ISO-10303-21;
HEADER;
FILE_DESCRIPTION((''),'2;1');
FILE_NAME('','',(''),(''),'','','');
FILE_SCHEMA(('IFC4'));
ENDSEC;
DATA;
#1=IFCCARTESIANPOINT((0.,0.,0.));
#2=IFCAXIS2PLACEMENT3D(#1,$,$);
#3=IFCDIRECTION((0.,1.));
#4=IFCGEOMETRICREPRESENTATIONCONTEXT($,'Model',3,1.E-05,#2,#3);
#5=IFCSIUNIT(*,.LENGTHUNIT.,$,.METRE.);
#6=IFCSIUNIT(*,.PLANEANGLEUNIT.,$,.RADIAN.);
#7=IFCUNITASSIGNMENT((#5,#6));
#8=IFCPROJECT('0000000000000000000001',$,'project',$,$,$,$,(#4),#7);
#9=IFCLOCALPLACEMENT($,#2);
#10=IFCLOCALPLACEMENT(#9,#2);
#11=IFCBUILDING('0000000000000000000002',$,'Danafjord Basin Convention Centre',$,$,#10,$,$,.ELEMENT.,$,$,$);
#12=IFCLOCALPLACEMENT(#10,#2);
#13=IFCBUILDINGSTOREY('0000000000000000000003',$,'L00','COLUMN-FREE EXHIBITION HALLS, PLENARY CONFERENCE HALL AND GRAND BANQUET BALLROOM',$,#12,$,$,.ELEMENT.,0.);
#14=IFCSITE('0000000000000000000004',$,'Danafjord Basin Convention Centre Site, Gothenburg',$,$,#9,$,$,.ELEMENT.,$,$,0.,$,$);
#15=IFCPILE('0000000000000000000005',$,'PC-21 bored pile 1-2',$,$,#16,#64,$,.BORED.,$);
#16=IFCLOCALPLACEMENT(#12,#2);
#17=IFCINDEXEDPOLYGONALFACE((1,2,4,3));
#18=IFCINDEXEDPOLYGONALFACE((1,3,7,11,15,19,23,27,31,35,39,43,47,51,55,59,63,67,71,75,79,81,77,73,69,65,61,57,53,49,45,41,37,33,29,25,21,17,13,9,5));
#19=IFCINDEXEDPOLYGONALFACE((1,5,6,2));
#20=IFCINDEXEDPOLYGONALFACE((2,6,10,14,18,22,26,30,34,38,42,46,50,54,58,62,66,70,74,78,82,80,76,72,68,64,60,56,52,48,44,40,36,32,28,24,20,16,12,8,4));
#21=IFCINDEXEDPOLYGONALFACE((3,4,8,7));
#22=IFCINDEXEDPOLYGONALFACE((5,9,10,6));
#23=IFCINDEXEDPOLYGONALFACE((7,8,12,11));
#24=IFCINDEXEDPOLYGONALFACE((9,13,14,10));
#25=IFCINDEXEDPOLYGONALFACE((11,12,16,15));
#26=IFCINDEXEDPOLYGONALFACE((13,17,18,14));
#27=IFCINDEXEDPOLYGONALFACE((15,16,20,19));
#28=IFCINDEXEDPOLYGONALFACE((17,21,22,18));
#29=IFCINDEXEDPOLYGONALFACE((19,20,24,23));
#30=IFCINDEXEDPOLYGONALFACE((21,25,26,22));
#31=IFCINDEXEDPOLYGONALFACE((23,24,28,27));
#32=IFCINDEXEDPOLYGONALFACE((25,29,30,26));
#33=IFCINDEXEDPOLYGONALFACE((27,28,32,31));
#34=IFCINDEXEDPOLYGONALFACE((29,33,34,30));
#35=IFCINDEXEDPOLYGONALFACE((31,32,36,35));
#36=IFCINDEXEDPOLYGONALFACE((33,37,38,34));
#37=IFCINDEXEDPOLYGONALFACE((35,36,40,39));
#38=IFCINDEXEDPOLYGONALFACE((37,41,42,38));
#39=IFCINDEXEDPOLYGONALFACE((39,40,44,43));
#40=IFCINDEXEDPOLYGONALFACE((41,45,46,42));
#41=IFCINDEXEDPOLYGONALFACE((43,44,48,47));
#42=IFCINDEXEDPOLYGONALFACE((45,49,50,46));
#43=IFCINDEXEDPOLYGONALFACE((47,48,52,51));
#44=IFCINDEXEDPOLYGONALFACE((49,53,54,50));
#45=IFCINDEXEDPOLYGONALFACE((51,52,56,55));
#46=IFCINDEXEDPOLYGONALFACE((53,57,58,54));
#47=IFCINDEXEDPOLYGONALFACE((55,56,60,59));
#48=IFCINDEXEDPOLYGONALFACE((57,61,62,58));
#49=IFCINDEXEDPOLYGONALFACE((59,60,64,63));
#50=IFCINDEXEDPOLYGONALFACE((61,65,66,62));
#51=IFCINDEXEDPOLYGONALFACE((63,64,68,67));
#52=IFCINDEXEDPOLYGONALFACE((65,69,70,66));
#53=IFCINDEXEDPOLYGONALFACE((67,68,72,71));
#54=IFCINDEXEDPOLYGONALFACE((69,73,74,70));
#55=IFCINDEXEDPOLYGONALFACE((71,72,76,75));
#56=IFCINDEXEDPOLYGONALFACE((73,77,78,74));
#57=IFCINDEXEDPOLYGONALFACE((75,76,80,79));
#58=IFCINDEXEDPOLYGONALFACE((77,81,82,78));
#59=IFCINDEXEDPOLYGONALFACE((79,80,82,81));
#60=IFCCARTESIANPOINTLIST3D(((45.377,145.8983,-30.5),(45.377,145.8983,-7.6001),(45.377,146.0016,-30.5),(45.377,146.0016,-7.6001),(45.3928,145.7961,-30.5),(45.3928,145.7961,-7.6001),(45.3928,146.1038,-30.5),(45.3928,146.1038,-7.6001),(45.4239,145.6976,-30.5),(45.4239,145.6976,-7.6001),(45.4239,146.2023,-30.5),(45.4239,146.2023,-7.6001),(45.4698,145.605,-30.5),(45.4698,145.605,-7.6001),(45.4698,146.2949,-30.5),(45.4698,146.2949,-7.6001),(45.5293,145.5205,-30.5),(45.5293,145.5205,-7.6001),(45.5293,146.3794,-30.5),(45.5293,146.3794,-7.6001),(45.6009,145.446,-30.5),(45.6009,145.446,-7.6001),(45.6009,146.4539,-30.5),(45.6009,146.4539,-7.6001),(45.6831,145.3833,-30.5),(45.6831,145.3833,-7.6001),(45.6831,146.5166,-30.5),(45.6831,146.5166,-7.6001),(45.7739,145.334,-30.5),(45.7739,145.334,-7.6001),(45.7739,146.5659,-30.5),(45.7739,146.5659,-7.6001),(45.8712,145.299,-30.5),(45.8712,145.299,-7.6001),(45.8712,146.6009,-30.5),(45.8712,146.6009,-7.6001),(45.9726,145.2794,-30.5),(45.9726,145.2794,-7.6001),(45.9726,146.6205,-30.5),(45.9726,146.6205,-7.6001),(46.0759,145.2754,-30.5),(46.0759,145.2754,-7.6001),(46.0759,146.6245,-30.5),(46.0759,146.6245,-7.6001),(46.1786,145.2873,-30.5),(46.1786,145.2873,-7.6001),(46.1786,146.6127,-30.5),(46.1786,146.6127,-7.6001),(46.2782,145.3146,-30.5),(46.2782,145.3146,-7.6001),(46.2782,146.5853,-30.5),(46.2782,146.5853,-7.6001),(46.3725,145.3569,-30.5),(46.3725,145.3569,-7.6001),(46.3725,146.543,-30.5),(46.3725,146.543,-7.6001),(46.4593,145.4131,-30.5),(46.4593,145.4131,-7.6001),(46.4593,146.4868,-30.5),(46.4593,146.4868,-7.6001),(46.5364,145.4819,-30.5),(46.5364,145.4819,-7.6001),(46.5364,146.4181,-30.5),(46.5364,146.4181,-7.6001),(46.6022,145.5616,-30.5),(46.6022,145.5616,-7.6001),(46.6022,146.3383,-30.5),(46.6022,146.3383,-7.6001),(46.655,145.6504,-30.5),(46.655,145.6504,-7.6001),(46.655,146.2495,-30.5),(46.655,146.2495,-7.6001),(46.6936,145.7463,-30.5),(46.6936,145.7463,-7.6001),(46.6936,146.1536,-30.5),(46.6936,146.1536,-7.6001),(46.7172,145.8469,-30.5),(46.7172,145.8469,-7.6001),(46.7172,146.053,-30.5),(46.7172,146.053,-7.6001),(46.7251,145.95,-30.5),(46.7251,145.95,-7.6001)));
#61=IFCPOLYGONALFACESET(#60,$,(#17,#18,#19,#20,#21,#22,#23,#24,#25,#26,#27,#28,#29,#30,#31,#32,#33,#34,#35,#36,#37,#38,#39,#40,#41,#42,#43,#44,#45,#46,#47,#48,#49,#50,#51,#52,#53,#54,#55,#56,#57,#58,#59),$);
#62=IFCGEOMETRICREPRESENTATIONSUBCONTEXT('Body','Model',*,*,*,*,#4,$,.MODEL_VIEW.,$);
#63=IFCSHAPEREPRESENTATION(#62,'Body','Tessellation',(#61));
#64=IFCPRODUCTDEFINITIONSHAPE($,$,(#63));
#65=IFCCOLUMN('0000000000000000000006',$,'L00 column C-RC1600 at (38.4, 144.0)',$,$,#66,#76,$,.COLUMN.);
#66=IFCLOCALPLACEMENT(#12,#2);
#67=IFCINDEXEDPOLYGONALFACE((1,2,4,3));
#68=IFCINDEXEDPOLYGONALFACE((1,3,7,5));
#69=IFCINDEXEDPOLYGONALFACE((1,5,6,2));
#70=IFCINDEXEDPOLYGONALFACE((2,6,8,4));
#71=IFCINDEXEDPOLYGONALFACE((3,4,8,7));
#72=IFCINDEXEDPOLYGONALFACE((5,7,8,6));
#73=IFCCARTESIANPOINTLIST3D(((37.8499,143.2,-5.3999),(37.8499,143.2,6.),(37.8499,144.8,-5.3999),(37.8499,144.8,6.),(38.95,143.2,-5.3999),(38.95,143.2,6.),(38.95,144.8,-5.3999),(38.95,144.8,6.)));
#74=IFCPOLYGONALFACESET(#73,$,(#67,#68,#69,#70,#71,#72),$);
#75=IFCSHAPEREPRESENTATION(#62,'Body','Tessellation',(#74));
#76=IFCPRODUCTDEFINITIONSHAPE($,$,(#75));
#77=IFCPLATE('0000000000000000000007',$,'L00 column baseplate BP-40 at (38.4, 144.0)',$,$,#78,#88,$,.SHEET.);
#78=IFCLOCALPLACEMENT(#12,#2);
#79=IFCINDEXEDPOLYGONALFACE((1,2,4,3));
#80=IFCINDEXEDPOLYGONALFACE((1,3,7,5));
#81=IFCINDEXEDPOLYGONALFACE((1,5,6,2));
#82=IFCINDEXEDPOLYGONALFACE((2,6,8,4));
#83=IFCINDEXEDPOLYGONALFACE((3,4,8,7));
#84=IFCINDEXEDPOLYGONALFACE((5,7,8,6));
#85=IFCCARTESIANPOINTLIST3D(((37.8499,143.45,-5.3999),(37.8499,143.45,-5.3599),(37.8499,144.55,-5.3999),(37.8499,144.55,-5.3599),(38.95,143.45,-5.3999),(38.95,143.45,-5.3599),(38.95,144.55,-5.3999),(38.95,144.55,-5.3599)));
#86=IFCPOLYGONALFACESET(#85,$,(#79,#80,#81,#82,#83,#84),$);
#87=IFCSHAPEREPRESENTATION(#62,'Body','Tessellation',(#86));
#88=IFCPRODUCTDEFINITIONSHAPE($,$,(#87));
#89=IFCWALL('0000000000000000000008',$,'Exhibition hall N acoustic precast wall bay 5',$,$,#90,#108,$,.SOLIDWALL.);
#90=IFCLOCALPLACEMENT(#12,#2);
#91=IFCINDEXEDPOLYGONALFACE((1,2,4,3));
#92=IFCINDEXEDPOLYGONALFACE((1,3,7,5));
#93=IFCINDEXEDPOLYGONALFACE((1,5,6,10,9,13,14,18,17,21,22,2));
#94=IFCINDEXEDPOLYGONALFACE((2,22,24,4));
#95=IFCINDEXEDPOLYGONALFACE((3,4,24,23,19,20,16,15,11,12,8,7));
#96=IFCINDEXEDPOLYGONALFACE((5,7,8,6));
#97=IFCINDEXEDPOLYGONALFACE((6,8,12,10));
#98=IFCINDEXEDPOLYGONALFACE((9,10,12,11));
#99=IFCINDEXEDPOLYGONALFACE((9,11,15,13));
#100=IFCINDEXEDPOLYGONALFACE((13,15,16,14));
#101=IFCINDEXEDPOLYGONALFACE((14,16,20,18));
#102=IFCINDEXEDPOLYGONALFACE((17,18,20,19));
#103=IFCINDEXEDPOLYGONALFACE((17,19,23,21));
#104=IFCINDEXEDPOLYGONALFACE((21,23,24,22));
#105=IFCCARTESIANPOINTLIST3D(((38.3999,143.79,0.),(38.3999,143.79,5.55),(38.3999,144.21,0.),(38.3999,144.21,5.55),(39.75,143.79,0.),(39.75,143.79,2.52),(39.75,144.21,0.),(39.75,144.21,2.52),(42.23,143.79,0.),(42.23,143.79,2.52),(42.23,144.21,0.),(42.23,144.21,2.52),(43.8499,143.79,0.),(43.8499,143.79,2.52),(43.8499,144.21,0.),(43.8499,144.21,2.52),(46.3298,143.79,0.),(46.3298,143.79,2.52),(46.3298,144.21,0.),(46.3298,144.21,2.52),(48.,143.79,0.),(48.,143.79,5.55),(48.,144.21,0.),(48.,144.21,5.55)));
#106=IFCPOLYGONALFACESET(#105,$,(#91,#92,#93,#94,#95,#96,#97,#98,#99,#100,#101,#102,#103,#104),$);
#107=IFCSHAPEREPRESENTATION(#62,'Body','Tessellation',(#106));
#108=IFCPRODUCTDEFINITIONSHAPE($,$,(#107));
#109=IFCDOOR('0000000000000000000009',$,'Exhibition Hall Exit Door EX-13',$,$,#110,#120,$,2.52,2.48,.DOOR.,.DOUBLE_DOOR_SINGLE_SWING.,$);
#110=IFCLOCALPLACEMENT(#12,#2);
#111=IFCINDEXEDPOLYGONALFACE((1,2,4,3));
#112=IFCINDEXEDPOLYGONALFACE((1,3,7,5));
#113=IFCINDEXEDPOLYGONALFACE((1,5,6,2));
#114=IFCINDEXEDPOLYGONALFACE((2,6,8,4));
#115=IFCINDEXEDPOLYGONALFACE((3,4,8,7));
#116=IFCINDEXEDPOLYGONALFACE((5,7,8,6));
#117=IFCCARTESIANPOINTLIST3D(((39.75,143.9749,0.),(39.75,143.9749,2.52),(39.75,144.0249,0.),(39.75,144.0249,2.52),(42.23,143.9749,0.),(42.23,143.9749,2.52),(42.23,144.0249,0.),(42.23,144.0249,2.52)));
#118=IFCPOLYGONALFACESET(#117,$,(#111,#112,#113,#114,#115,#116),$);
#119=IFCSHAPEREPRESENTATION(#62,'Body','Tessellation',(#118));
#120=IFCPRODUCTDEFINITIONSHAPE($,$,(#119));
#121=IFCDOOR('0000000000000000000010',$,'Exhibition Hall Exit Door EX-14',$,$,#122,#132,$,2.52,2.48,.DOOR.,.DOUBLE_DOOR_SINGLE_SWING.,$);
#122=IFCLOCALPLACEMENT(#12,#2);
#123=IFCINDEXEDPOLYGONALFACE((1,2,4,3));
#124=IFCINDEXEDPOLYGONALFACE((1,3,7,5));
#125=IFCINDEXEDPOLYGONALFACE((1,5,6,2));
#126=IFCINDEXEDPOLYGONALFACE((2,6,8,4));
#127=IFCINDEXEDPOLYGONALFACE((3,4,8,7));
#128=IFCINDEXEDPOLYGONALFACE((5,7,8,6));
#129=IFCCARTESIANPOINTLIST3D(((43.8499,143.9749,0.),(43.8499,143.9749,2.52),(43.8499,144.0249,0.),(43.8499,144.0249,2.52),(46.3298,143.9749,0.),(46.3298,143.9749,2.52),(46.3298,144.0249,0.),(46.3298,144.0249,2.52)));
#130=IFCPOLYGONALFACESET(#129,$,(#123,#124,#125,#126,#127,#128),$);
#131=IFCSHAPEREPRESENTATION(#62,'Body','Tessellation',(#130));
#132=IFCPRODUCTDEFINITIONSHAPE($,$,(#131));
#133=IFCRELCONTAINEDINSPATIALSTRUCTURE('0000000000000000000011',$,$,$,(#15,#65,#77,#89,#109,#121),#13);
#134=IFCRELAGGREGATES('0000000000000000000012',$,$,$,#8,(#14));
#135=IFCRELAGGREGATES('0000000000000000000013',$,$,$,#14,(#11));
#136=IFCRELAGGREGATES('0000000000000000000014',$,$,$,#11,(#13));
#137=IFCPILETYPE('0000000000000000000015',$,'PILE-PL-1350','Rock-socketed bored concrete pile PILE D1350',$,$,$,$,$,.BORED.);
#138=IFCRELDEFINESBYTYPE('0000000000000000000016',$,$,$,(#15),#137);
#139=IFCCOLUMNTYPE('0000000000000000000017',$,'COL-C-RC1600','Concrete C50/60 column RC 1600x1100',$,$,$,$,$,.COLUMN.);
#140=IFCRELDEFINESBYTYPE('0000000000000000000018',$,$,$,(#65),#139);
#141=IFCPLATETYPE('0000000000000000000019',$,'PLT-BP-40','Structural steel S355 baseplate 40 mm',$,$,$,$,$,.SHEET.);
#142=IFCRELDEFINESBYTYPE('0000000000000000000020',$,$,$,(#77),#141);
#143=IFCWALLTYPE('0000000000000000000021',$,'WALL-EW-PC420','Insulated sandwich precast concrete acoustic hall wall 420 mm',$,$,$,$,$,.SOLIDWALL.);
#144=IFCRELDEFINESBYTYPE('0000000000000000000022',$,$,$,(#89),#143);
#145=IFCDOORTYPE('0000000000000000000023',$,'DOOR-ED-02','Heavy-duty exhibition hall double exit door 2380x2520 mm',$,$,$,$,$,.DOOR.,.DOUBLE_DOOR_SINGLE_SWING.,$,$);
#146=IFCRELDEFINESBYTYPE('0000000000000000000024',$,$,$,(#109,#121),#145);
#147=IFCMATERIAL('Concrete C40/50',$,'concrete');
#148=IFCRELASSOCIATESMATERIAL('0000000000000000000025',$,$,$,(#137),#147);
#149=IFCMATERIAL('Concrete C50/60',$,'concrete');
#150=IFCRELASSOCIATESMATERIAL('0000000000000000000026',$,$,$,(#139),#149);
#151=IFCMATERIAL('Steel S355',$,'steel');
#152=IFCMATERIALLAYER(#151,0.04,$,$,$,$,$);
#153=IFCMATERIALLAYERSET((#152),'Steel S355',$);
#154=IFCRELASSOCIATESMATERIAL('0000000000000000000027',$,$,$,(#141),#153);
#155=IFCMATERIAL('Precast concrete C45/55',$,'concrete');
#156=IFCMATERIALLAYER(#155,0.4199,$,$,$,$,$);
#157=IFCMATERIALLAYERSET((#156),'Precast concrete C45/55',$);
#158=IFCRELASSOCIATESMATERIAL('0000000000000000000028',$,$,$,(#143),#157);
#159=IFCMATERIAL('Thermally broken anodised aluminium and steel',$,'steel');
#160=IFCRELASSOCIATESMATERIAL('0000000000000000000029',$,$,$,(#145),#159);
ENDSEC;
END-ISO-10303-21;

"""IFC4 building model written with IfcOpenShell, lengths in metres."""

from ifc_helpers import new_model, si_unit, direction, frame, frame_2d, origin, origin_2d, place, context, subcontext, project, spatial, rectangle, circle, extrude, material, layer, layer_set, material_profile, profile_set, type_object, element, fill, save


model = new_model("IFC4")

# Units and contexts
model_context = context("Model", 3, precision=1e-05, world=origin(), true_north=direction((0.0, 1.0)))
body_context = subcontext(model_context, "Body", "Model", "MODEL_VIEW")
ifc_project = project(units=[si_unit("LENGTHUNIT", "METRE"), si_unit("PLANEANGLEUNIT", "RADIAN")], contexts=[model_context])

# Site, building, storey
site_placement = place(None, origin())
site = spatial("IfcSite", under=ifc_project, at=site_placement, Name="Danafjord Basin Convention Centre Site, Gothenburg", CompositionType="ELEMENT", RefElevation=0.0)
building_placement = place(site_placement, origin())
building = spatial("IfcBuilding", under=site, at=building_placement, Name="Danafjord Basin Convention Centre", CompositionType="ELEMENT")
storey_placement = place(building_placement, origin())
storey = spatial("IfcBuildingStorey", under=building, at=storey_placement, Name="L00", Description="COLUMN-FREE EXHIBITION HALLS, PLENARY CONFERENCE HALL AND GRAND BANQUET BALLROOM", CompositionType="ELEMENT", Elevation=0.0)

# Shared definitions
ifc_material_1 = material(Name="Concrete C40/50", Category="concrete")

# Pile
ifc_material_profile_1 = material_profile(ifc_material_1, circle(Radius=0.675, at=origin_2d()), Name="PILE D1350")
ifc_profile_set_1 = profile_set([ifc_material_profile_1], Name="Concrete C40/50")
pile_type_1 = type_object("IfcPileType", Name="PILE-PL-1350", Description="Rock-socketed bored concrete pile PILE D1350", PredefinedType="BORED", material=ifc_profile_set_1)
for number, where, z_axis, x_axis, name in (
    (1, (46.05, 145.95, -7.6001), (0.0, 0.0, -1.0), (1.0, 0.0, 0.0), "PC-21 bored pile 1-2"),
):
    element("IfcPile", number, at=place(storey_placement, frame(where, z_axis=z_axis, x_axis=x_axis)), inside=storey, type_object=pile_type_1, Name=name, PredefinedType="BORED", context=body_context, shape_type="SweptSolid", body=[
        extrude(circle(Radius=0.675, at=origin_2d()), origin(), (0.0, 0.0, 1.0), 22.8999),
    ])

# Column
ifc_material_2 = material(Name="Concrete C50/60", Category="concrete")
ifc_material_profile_2 = material_profile(ifc_material_2, rectangle(XDim=1.1001, YDim=1.6001, at=origin_2d()), Name="RC 1600x1100")
ifc_profile_set_2 = profile_set([ifc_material_profile_2], Name="Concrete C50/60")
column_type = type_object("IfcColumnType", Name="COL-C-RC1600", Description="Concrete C50/60 column RC 1600x1100", PredefinedType="COLUMN", material=ifc_profile_set_2)
column_placement = place(storey_placement, frame((38.3999, 144.0, -5.3999), z_axis=(0.0, 0.0, 1.0), x_axis=(1.0, 0.0, 0.0)))
element("IfcColumn", 2, at=column_placement, inside=storey, type_object=column_type, Name="L00 column C-RC1600 at (38.4, 144.0)", PredefinedType="COLUMN", context=body_context, shape_type="SweptSolid", body=[
    extrude(rectangle(XDim=1.1001, YDim=1.6001, at=origin_2d()), origin(), (0.0, 0.0, 1.0), 11.3999),
])

# Plate
ifc_material_3 = material(Name="Steel S355", Category="steel")
ifc_layer_1 = layer(ifc_material_3, 0.04)
ifc_layer_set_1 = layer_set([ifc_layer_1], Name="Steel S355")
plate_type = type_object("IfcPlateType", Name="PLT-BP-40", Description="Structural steel S355 baseplate 40 mm", PredefinedType="SHEET", material=ifc_layer_set_1)
plate_placement = place(storey_placement, frame((38.3999, 144.0, -5.3999), z_axis=(0.0, 0.0, 1.0), x_axis=(1.0, 0.0, 0.0)))
element("IfcPlate", 3, at=plate_placement, inside=storey, type_object=plate_type, Name="L00 column baseplate BP-40 at (38.4, 144.0)", PredefinedType="SHEET", context=body_context, shape_type="SweptSolid", body=[
    extrude(rectangle(XDim=1.1001, YDim=1.1001, at=origin_2d()), origin(), (0.0, 0.0, 1.0), 0.04),
])

# Wall, openings, doors
ifc_material_4 = material(Name="Precast concrete C45/55", Category="concrete")
ifc_layer_2 = layer(ifc_material_4, 0.4199)
ifc_layer_set_2 = layer_set([ifc_layer_2], Name="Precast concrete C45/55")
wall_type = type_object("IfcWallType", Name="WALL-EW-PC420", Description="Insulated sandwich precast concrete acoustic hall wall 420 mm", PredefinedType="SOLIDWALL", material=ifc_layer_set_2)
wall_placement = place(storey_placement, frame((38.3999, 144.0, 0.0), z_axis=(0.0, 0.0, 1.0), x_axis=(1.0, 0.0, 0.0)))
wall = element("IfcWall", 4, at=wall_placement, inside=storey, type_object=wall_type, Name="Exhibition hall N acoustic precast wall bay 5", PredefinedType="SOLIDWALL", context=body_context, shape_type="SweptSolid", body=[
    extrude(rectangle(XDim=9.6001, YDim=0.4199, at=frame_2d((4.8, 0.0))), origin(), (0.0, 0.0, 1.0), 5.55),
])
opening_1_placement = place(wall_placement, frame((1.3501, 0.0, 0.0)))
opening_1 = element("IfcOpeningElement", 5, at=opening_1_placement, cuts=wall, PredefinedType="OPENING", context=body_context, shape_type="SweptSolid", body=[
    extrude(rectangle(XDim=2.48, YDim=2.52, at=frame_2d((1.24, 1.26))), frame((0.0, 0.22, 0.0), z_axis=(0.0, -1.0, 0.0), x_axis=(1.0, 0.0, 0.0)), (0.0, 0.0, 1.0), 0.4399),
])
opening_2_placement = place(wall_placement, frame((5.45, 0.0, 0.0)))
opening_2 = element("IfcOpeningElement", 6, at=opening_2_placement, cuts=wall, PredefinedType="OPENING", context=body_context, shape_type="SweptSolid", body=[
    extrude(rectangle(XDim=2.48, YDim=2.52, at=frame_2d((1.24, 1.26))), frame((0.0, 0.22, 0.0), z_axis=(0.0, -1.0, 0.0), x_axis=(1.0, 0.0, 0.0)), (0.0, 0.0, 1.0), 0.4399),
])
ifc_material_5 = material(Name="Thermally broken anodised aluminium and steel", Category="steel")
door_type = type_object("IfcDoorType", Name="DOOR-ED-02", Description="Heavy-duty exhibition hall double exit door 2380x2520 mm", OperationType="DOUBLE_DOOR_SINGLE_SWING", PredefinedType="DOOR", material=ifc_material_5)
door_1_placement = place(opening_1_placement, origin())
door_1 = element("IfcDoor", 7, at=door_1_placement, inside=storey, type_object=door_type, Name="Exhibition Hall Exit Door EX-13", OperationType="DOUBLE_DOOR_SINGLE_SWING", OverallHeight=2.52, OverallWidth=2.48, PredefinedType="DOOR", context=body_context, shape_type="SweptSolid", body=[
    extrude(rectangle(XDim=2.48, YDim=2.52, at=frame_2d((1.24, 1.26))), frame((0.0, 0.0249, 0.0), z_axis=(0.0, -1.0, 0.0), x_axis=(1.0, 0.0, 0.0)), (0.0, 0.0, 1.0), 0.05),
])
fill(opening_1, door_1)
door_2_placement = place(opening_2_placement, origin())
door_2 = element("IfcDoor", 8, at=door_2_placement, inside=storey, type_object=door_type, Name="Exhibition Hall Exit Door EX-14", OperationType="DOUBLE_DOOR_SINGLE_SWING", OverallHeight=2.52, OverallWidth=2.48, PredefinedType="DOOR", context=body_context, shape_type="SweptSolid", body=[
    extrude(rectangle(XDim=2.48, YDim=2.52, at=frame_2d((1.24, 1.26))), frame((0.0, 0.0249, 0.0), z_axis=(0.0, -1.0, 0.0), x_axis=(1.0, 0.0, 0.0)), (0.0, 0.0, 1.0), 0.05),
])
fill(opening_2, door_2)

save(model, "model.ifc")
